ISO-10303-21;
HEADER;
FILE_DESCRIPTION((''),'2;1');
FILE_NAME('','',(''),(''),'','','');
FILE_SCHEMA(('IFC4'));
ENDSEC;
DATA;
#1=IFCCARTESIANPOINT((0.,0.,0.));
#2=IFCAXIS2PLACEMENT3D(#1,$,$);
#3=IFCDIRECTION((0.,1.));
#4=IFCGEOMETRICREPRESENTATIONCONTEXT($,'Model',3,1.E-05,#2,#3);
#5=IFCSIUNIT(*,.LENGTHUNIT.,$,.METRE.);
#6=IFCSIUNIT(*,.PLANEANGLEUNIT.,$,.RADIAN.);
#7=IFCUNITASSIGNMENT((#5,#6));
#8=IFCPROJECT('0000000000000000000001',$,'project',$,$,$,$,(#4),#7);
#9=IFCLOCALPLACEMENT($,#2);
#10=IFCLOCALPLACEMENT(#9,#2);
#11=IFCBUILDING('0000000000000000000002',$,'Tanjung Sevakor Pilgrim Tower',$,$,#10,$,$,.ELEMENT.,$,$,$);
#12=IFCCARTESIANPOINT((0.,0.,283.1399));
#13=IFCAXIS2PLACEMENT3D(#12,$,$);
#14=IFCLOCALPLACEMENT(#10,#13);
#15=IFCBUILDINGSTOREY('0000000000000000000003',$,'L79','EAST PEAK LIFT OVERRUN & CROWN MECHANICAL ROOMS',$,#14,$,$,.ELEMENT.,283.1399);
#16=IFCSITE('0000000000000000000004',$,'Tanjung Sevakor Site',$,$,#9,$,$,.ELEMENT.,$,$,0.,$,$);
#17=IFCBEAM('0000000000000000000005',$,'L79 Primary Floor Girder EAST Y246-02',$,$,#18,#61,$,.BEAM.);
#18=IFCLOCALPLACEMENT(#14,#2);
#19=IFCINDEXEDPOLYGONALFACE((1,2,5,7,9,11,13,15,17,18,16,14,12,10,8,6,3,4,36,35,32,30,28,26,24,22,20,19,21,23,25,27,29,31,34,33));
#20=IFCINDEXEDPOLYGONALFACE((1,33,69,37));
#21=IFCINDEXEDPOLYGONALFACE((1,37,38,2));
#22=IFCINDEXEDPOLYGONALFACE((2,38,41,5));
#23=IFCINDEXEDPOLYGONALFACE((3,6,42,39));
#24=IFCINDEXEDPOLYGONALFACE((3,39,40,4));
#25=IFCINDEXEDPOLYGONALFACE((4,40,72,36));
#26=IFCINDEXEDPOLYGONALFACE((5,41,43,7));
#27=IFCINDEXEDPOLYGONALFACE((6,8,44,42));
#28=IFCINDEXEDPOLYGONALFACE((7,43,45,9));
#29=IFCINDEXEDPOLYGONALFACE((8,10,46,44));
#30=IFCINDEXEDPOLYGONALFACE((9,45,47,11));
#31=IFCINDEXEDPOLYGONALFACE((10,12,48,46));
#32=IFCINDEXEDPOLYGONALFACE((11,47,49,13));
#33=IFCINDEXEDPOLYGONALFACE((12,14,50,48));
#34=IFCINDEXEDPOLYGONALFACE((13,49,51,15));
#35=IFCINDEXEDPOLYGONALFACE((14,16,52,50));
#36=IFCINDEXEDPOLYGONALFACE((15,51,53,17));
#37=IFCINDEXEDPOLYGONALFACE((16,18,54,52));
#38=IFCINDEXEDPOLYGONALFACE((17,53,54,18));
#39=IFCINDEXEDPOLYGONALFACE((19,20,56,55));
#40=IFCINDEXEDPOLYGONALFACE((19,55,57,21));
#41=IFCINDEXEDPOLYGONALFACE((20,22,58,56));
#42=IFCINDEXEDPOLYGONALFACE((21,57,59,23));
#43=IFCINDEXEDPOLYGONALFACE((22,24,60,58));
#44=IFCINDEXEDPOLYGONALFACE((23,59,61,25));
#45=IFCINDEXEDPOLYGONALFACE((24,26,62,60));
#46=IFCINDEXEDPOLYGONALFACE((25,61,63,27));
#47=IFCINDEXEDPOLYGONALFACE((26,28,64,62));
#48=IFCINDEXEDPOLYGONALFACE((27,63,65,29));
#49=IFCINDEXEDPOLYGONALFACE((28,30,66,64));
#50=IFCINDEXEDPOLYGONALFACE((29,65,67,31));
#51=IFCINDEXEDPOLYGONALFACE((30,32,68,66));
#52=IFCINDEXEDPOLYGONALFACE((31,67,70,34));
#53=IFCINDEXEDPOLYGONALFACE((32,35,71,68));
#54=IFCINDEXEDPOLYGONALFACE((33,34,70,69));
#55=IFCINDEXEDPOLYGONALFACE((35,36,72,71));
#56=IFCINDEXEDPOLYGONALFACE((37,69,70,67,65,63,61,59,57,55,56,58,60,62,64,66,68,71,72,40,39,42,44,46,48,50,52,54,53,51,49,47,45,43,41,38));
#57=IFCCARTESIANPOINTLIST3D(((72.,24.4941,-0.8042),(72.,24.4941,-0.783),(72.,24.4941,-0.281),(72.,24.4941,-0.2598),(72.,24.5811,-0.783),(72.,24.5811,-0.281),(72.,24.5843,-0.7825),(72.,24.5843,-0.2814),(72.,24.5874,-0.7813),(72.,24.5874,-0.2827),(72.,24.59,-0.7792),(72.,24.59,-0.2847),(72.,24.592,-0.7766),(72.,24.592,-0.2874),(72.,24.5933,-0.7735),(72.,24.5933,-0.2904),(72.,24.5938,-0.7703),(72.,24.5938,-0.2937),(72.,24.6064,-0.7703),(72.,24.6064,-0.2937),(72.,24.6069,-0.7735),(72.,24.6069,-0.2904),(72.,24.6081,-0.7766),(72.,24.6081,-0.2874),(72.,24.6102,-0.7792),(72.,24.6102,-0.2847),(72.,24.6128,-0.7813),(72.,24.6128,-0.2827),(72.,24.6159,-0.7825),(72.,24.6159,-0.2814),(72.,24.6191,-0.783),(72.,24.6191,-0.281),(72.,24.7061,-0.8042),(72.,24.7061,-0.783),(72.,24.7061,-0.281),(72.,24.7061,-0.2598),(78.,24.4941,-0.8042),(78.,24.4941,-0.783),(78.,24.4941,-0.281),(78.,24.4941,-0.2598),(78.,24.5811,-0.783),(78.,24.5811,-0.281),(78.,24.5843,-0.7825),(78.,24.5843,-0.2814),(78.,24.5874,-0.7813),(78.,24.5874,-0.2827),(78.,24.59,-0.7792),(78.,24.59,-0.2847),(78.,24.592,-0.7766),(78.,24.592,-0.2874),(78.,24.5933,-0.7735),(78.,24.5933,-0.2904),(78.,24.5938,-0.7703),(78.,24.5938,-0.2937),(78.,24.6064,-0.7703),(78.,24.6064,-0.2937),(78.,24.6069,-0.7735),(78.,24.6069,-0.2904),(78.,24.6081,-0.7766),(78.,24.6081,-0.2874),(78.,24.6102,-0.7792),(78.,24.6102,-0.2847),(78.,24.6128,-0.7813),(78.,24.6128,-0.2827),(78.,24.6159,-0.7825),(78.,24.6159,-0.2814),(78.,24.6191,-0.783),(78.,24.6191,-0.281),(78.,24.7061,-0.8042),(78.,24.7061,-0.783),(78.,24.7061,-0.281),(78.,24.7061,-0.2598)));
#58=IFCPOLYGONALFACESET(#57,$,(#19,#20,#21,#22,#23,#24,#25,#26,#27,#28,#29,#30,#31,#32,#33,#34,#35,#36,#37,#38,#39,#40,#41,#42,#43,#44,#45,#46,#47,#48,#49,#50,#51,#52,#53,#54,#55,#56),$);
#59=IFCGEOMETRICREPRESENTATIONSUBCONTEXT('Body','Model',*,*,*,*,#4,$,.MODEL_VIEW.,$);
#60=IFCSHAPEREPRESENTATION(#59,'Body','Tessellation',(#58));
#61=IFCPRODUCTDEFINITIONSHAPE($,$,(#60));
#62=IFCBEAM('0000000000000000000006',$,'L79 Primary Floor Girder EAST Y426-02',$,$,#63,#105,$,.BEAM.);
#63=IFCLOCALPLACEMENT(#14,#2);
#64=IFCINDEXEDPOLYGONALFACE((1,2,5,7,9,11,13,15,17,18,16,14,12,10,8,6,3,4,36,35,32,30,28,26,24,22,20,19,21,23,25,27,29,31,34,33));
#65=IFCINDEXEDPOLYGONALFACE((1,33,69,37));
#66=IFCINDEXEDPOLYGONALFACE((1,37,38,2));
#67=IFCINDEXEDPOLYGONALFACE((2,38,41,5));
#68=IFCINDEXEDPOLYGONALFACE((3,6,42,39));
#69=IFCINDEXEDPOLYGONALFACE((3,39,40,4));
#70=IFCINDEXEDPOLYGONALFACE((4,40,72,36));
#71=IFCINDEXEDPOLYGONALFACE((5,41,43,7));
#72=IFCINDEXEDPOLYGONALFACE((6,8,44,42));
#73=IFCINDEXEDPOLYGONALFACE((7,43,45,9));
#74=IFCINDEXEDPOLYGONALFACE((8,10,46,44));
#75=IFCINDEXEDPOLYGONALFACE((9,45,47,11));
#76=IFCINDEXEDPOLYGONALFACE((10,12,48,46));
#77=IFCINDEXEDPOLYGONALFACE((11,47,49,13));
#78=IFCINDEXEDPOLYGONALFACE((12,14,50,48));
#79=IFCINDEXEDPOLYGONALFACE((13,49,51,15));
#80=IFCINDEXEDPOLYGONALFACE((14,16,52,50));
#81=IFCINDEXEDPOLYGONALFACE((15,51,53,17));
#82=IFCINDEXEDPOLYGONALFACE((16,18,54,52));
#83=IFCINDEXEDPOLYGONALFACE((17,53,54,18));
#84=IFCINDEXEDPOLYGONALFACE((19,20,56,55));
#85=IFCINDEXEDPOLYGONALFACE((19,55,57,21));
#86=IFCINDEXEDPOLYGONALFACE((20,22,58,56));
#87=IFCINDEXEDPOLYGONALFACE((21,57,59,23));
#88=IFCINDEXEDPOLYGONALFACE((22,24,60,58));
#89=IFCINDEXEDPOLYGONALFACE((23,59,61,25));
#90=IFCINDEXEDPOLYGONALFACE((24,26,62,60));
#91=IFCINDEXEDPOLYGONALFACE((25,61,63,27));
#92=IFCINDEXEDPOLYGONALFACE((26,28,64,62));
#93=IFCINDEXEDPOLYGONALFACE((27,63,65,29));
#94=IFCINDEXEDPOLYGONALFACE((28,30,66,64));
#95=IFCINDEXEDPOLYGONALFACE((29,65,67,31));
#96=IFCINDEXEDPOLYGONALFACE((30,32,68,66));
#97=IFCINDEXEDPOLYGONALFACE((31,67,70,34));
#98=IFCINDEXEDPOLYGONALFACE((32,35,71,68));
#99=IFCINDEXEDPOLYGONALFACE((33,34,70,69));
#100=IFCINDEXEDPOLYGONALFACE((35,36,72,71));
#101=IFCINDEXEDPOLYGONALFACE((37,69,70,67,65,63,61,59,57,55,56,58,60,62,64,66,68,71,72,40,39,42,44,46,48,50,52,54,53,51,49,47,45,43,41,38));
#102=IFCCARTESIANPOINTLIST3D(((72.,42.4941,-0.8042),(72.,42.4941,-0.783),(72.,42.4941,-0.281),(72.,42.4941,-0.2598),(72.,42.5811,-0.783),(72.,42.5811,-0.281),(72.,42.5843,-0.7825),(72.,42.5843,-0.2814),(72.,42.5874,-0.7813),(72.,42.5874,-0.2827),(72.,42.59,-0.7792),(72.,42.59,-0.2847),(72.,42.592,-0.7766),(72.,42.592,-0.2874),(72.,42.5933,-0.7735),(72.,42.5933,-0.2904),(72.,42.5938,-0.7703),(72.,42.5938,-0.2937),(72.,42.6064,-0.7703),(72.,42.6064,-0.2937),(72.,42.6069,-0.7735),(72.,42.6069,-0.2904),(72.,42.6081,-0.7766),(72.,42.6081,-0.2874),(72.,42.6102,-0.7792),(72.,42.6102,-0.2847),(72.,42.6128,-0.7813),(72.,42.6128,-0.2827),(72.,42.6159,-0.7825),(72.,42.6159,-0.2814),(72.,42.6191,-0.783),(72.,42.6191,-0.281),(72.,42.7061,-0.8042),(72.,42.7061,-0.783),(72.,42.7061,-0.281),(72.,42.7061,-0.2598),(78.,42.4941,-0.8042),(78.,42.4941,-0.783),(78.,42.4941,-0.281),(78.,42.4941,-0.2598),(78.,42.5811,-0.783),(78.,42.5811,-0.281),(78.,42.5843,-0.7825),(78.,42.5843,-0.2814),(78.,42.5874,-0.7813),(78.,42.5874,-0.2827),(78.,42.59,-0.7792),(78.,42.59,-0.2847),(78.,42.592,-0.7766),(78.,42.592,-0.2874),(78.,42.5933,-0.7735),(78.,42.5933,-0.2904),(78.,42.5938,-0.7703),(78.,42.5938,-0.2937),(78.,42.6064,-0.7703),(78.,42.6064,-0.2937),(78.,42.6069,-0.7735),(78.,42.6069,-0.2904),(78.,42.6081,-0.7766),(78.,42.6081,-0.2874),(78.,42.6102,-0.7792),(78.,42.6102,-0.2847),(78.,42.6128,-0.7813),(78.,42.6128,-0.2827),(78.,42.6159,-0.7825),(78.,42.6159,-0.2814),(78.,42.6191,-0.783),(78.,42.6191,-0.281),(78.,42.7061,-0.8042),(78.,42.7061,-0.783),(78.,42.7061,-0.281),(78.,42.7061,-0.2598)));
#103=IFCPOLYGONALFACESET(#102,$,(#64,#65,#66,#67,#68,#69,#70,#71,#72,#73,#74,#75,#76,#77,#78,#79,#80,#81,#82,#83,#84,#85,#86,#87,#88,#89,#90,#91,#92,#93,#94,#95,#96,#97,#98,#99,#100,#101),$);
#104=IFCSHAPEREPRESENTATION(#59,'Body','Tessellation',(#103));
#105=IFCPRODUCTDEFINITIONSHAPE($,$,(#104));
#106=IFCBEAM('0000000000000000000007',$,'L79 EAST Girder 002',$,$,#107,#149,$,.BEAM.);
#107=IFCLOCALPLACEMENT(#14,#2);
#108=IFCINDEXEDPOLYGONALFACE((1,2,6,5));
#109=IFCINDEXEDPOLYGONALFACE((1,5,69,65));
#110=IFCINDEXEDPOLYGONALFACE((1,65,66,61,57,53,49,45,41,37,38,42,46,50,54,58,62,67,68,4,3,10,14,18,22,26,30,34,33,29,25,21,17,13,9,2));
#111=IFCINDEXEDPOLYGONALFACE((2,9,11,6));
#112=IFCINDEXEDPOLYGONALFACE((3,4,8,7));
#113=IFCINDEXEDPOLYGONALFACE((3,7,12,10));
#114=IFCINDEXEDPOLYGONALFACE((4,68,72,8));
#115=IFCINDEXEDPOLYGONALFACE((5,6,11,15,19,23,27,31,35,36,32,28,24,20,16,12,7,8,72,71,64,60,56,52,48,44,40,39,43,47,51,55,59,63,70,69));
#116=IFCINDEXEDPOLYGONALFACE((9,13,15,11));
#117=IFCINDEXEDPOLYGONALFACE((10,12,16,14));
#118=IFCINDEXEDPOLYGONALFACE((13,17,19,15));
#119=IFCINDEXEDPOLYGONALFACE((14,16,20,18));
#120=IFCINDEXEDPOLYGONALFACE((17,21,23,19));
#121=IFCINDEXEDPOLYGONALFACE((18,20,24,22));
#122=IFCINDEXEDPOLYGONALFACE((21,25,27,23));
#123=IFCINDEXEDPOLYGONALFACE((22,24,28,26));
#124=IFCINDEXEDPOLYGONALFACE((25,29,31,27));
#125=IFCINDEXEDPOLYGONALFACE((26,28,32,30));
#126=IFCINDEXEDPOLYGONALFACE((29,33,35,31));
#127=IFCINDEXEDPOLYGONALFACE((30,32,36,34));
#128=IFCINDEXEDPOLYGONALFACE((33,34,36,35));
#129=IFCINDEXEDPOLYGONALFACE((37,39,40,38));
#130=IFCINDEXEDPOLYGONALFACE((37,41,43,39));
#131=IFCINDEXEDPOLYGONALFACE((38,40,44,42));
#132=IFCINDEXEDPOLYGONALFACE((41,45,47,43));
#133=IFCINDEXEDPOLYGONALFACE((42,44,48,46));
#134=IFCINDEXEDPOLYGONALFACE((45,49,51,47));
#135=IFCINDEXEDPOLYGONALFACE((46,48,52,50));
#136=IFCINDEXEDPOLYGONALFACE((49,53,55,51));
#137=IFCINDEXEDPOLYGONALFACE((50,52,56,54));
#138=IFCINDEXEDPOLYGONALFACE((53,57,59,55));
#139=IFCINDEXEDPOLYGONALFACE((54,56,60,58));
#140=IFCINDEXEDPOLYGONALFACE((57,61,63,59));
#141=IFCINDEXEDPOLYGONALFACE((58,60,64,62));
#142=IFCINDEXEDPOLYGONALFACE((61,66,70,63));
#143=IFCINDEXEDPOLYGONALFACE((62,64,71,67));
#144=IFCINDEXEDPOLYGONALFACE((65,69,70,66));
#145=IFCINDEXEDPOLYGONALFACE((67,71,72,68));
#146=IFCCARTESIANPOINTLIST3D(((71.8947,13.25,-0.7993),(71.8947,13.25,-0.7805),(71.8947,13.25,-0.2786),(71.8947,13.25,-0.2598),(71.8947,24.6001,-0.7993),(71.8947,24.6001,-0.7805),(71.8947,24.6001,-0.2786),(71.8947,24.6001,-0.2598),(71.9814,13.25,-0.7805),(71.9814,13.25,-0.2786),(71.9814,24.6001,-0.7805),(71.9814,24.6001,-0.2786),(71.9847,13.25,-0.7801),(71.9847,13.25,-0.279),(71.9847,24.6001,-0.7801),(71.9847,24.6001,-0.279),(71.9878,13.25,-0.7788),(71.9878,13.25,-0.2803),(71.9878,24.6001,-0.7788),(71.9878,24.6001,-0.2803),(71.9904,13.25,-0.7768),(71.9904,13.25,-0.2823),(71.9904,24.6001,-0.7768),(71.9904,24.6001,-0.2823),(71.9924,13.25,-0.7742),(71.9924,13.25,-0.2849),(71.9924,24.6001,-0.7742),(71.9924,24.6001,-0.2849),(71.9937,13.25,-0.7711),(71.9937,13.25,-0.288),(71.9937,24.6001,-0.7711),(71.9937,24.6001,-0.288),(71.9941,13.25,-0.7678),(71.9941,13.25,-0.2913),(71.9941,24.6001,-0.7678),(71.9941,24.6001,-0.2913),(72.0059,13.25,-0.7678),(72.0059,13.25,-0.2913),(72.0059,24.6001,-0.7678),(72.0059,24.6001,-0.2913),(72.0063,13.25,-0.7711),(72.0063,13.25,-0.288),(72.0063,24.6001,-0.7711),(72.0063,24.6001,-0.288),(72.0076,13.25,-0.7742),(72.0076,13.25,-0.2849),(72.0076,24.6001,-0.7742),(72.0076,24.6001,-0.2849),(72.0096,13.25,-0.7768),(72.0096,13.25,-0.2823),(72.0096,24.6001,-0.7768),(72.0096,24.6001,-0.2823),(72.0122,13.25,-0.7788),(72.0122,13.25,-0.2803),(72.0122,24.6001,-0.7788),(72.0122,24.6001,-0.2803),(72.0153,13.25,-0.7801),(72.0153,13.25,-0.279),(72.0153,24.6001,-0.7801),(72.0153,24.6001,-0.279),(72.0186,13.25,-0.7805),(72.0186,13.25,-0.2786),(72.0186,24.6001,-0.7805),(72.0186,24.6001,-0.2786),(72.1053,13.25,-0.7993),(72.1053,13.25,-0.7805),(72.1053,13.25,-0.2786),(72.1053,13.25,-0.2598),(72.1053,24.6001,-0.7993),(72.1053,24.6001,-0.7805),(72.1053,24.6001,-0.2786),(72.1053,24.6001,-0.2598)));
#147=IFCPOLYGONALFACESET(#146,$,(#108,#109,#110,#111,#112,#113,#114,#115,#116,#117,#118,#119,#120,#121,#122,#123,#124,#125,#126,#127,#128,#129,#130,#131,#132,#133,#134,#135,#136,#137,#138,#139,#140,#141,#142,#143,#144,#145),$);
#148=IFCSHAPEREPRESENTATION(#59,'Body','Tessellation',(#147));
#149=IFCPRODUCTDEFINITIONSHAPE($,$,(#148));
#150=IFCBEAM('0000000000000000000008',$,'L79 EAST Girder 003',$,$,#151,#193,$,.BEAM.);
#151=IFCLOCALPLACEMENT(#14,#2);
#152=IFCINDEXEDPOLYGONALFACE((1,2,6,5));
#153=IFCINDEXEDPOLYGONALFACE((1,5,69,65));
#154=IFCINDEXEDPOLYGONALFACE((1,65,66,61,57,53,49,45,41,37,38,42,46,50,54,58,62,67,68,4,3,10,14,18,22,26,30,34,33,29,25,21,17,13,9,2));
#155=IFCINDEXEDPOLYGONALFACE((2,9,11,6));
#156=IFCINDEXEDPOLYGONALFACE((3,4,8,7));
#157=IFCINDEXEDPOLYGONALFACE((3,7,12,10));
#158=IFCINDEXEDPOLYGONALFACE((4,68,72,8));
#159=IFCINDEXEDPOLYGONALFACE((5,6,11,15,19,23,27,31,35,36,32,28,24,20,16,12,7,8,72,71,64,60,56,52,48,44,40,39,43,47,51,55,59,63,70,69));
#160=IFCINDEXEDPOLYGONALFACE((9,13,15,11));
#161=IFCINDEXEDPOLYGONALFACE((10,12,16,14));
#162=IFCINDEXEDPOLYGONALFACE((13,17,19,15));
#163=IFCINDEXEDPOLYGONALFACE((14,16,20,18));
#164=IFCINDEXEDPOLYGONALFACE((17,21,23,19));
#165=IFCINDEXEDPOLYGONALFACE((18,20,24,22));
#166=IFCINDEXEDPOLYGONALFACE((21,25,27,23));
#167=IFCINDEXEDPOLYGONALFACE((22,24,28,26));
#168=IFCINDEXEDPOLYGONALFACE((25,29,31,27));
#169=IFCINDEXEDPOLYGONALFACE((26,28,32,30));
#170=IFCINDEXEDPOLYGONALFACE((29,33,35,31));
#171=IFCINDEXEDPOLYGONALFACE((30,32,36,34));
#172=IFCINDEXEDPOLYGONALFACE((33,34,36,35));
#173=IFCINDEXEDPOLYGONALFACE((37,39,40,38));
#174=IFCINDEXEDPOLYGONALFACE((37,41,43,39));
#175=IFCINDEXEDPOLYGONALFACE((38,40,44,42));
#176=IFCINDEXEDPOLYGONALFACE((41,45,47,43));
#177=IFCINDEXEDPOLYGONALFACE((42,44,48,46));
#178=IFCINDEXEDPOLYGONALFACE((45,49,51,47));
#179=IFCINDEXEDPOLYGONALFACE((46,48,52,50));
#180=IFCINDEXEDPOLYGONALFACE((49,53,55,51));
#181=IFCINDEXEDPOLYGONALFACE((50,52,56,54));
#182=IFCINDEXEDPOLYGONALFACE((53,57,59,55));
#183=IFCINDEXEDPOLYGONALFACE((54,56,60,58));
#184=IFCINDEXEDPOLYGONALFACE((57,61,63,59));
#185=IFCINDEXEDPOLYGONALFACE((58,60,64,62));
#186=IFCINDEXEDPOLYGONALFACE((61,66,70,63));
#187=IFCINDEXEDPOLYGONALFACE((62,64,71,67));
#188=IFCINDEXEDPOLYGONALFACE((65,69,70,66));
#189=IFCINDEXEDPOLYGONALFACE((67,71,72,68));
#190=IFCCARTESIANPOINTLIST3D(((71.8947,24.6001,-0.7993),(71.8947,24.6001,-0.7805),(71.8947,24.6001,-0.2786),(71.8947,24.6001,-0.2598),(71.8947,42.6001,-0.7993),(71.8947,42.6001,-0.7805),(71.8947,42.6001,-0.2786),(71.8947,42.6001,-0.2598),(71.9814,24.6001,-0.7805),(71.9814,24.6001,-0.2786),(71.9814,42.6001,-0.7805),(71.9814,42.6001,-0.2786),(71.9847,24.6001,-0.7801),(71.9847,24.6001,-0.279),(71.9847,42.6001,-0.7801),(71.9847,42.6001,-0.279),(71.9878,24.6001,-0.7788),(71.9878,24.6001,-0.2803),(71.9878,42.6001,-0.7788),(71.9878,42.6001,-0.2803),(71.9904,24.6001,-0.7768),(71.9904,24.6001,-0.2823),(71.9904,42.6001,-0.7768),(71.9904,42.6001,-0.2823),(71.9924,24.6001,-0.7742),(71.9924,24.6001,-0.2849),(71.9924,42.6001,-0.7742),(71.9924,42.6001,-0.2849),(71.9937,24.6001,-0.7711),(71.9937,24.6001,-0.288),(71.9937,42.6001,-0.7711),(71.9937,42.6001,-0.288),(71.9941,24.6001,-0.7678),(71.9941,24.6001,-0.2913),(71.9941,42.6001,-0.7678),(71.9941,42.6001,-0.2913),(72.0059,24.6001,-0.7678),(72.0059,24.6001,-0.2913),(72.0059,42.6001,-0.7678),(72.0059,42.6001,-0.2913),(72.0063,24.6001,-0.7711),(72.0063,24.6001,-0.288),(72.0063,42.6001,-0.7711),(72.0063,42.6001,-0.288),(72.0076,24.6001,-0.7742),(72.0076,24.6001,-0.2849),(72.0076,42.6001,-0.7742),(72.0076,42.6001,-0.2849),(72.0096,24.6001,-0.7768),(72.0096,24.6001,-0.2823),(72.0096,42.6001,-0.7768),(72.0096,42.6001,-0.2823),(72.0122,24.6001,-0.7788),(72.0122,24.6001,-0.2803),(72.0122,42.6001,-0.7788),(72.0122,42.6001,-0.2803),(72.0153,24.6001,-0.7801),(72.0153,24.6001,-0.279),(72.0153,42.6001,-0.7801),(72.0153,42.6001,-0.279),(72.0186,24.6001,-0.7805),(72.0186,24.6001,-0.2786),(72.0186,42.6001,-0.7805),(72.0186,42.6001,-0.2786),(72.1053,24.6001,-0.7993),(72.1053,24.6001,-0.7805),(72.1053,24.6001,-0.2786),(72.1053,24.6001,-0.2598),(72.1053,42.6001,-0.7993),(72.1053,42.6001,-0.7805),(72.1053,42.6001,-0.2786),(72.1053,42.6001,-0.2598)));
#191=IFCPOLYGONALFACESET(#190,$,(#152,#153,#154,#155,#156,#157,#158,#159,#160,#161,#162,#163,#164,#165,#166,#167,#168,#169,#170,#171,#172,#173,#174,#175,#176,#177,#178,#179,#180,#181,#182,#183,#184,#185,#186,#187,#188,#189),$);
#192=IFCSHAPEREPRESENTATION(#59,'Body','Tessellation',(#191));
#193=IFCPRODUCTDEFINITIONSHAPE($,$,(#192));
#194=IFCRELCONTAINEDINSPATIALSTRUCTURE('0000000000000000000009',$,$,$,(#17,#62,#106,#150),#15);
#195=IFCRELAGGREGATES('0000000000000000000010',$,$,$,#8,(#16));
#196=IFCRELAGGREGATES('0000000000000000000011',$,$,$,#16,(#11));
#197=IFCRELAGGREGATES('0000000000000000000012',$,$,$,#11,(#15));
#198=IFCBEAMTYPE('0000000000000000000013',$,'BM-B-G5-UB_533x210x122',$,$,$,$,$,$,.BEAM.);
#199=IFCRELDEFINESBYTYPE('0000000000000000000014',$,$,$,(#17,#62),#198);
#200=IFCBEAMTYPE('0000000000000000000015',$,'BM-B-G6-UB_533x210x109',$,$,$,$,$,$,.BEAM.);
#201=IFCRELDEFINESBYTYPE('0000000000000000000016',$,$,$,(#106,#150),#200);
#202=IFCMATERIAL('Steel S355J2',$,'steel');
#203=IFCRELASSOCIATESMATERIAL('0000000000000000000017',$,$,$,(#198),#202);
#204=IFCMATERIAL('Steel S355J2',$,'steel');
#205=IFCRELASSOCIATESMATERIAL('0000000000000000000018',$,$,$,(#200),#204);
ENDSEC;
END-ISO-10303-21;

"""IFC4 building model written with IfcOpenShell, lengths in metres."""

from ifc_helpers import new_model, si_unit, direction, frame, origin, origin_2d, place, context, subcontext, project, spatial, i_section, extrude, material, material_profile, profile_set, type_object, element, save


model = new_model("IFC4")

# Units and contexts
model_context = context("Model", 3, precision=1e-05, world=origin(), true_north=direction((0.0, 1.0)))
body_context = subcontext(model_context, "Body", "Model", "MODEL_VIEW")
ifc_project = project(units=[si_unit("LENGTHUNIT", "METRE"), si_unit("PLANEANGLEUNIT", "RADIAN")], contexts=[model_context])

# Site, building, storey
site_placement = place(None, origin())
site = spatial("IfcSite", under=ifc_project, at=site_placement, Name="Tanjung Sevakor Site", CompositionType="ELEMENT", RefElevation=0.0)
building_placement = place(site_placement, origin())
building = spatial("IfcBuilding", under=site, at=building_placement, Name="Tanjung Sevakor Pilgrim Tower", CompositionType="ELEMENT")
storey_placement = place(building_placement, frame((0.0, 0.0, 283.1399)))
storey = spatial("IfcBuildingStorey", under=building, at=storey_placement, Name="L79", Description="EAST PEAK LIFT OVERRUN & CROWN MECHANICAL ROOMS", CompositionType="ELEMENT", Elevation=283.1399)

# Beams
ifc_material_1 = material(Name="Steel S355J2", Category="steel")
ifc_material_profile_1 = material_profile(ifc_material_1, i_section(OverallWidth=0.2119, OverallDepth=0.5444, WebThickness=0.0127, FlangeThickness=0.0212, FilletRadius=0.0127, at=origin_2d()))
ifc_profile_set_1 = profile_set([ifc_material_profile_1], Name="Steel S355J2")
beam_type_1 = type_object("IfcBeamType", Name="BM-B-G5-UB_533x210x122", PredefinedType="BEAM", material=ifc_profile_set_1)
for number, where, z_axis, x_axis, name in (
    (1, (72.0, 24.6001, -0.532), (1.0, 0.0, 0.0), (0.0, 1.0, 0.0), "L79 Primary Floor Girder EAST Y246-02"),
    (2, (72.0, 42.6001, -0.532), (1.0, 0.0, 0.0), (0.0, 1.0, 0.0), "L79 Primary Floor Girder EAST Y426-02"),
):
    element("IfcBeam", number, at=place(storey_placement, frame(where, z_axis=z_axis, x_axis=x_axis)), inside=storey, type_object=beam_type_1, Name=name, PredefinedType="BEAM", context=body_context, shape_type="SweptSolid", body=[
        extrude(i_section(OverallWidth=0.2119, OverallDepth=0.5444, WebThickness=0.0127, FlangeThickness=0.0212, FilletRadius=0.0127, at=origin_2d()), origin(), (0.0, 0.0, 1.0), 6.0),
    ])
ifc_material_2 = material(Name="Steel S355J2", Category="steel")
ifc_material_profile_2 = material_profile(ifc_material_2, i_section(OverallWidth=0.2107, OverallDepth=0.5396, WebThickness=0.0117, FlangeThickness=0.0188, FilletRadius=0.0127, at=origin_2d()))
ifc_profile_set_2 = profile_set([ifc_material_profile_2], Name="Steel S355J2")
beam_type_2 = type_object("IfcBeamType", Name="BM-B-G6-UB_533x210x109", PredefinedType="BEAM", material=ifc_profile_set_2)
beam_1_placement = place(storey_placement, frame((72.0, 13.25, -0.5295), z_axis=(0.0, 1.0, 0.0), x_axis=(-1.0, 0.0, 0.0)))
element("IfcBeam", 3, at=beam_1_placement, inside=storey, type_object=beam_type_2, Name="L79 EAST Girder 002", PredefinedType="BEAM", context=body_context, shape_type="SweptSolid", body=[
    extrude(i_section(OverallWidth=0.2107, OverallDepth=0.5396, WebThickness=0.0117, FlangeThickness=0.0188, FilletRadius=0.0127, at=origin_2d()), origin(), (0.0, 0.0, 1.0), 11.3501),
])
beam_2_placement = place(storey_placement, frame((72.0, 24.6001, -0.5295), z_axis=(0.0, 1.0, 0.0), x_axis=(-1.0, 0.0, 0.0)))
element("IfcBeam", 4, at=beam_2_placement, inside=storey, type_object=beam_type_2, Name="L79 EAST Girder 003", PredefinedType="BEAM", context=body_context, shape_type="SweptSolid", body=[
    extrude(i_section(OverallWidth=0.2107, OverallDepth=0.5396, WebThickness=0.0117, FlangeThickness=0.0188, FilletRadius=0.0127, at=origin_2d()), origin(), (0.0, 0.0, 1.0), 18.0),
])

save(model, "model.ifc")
